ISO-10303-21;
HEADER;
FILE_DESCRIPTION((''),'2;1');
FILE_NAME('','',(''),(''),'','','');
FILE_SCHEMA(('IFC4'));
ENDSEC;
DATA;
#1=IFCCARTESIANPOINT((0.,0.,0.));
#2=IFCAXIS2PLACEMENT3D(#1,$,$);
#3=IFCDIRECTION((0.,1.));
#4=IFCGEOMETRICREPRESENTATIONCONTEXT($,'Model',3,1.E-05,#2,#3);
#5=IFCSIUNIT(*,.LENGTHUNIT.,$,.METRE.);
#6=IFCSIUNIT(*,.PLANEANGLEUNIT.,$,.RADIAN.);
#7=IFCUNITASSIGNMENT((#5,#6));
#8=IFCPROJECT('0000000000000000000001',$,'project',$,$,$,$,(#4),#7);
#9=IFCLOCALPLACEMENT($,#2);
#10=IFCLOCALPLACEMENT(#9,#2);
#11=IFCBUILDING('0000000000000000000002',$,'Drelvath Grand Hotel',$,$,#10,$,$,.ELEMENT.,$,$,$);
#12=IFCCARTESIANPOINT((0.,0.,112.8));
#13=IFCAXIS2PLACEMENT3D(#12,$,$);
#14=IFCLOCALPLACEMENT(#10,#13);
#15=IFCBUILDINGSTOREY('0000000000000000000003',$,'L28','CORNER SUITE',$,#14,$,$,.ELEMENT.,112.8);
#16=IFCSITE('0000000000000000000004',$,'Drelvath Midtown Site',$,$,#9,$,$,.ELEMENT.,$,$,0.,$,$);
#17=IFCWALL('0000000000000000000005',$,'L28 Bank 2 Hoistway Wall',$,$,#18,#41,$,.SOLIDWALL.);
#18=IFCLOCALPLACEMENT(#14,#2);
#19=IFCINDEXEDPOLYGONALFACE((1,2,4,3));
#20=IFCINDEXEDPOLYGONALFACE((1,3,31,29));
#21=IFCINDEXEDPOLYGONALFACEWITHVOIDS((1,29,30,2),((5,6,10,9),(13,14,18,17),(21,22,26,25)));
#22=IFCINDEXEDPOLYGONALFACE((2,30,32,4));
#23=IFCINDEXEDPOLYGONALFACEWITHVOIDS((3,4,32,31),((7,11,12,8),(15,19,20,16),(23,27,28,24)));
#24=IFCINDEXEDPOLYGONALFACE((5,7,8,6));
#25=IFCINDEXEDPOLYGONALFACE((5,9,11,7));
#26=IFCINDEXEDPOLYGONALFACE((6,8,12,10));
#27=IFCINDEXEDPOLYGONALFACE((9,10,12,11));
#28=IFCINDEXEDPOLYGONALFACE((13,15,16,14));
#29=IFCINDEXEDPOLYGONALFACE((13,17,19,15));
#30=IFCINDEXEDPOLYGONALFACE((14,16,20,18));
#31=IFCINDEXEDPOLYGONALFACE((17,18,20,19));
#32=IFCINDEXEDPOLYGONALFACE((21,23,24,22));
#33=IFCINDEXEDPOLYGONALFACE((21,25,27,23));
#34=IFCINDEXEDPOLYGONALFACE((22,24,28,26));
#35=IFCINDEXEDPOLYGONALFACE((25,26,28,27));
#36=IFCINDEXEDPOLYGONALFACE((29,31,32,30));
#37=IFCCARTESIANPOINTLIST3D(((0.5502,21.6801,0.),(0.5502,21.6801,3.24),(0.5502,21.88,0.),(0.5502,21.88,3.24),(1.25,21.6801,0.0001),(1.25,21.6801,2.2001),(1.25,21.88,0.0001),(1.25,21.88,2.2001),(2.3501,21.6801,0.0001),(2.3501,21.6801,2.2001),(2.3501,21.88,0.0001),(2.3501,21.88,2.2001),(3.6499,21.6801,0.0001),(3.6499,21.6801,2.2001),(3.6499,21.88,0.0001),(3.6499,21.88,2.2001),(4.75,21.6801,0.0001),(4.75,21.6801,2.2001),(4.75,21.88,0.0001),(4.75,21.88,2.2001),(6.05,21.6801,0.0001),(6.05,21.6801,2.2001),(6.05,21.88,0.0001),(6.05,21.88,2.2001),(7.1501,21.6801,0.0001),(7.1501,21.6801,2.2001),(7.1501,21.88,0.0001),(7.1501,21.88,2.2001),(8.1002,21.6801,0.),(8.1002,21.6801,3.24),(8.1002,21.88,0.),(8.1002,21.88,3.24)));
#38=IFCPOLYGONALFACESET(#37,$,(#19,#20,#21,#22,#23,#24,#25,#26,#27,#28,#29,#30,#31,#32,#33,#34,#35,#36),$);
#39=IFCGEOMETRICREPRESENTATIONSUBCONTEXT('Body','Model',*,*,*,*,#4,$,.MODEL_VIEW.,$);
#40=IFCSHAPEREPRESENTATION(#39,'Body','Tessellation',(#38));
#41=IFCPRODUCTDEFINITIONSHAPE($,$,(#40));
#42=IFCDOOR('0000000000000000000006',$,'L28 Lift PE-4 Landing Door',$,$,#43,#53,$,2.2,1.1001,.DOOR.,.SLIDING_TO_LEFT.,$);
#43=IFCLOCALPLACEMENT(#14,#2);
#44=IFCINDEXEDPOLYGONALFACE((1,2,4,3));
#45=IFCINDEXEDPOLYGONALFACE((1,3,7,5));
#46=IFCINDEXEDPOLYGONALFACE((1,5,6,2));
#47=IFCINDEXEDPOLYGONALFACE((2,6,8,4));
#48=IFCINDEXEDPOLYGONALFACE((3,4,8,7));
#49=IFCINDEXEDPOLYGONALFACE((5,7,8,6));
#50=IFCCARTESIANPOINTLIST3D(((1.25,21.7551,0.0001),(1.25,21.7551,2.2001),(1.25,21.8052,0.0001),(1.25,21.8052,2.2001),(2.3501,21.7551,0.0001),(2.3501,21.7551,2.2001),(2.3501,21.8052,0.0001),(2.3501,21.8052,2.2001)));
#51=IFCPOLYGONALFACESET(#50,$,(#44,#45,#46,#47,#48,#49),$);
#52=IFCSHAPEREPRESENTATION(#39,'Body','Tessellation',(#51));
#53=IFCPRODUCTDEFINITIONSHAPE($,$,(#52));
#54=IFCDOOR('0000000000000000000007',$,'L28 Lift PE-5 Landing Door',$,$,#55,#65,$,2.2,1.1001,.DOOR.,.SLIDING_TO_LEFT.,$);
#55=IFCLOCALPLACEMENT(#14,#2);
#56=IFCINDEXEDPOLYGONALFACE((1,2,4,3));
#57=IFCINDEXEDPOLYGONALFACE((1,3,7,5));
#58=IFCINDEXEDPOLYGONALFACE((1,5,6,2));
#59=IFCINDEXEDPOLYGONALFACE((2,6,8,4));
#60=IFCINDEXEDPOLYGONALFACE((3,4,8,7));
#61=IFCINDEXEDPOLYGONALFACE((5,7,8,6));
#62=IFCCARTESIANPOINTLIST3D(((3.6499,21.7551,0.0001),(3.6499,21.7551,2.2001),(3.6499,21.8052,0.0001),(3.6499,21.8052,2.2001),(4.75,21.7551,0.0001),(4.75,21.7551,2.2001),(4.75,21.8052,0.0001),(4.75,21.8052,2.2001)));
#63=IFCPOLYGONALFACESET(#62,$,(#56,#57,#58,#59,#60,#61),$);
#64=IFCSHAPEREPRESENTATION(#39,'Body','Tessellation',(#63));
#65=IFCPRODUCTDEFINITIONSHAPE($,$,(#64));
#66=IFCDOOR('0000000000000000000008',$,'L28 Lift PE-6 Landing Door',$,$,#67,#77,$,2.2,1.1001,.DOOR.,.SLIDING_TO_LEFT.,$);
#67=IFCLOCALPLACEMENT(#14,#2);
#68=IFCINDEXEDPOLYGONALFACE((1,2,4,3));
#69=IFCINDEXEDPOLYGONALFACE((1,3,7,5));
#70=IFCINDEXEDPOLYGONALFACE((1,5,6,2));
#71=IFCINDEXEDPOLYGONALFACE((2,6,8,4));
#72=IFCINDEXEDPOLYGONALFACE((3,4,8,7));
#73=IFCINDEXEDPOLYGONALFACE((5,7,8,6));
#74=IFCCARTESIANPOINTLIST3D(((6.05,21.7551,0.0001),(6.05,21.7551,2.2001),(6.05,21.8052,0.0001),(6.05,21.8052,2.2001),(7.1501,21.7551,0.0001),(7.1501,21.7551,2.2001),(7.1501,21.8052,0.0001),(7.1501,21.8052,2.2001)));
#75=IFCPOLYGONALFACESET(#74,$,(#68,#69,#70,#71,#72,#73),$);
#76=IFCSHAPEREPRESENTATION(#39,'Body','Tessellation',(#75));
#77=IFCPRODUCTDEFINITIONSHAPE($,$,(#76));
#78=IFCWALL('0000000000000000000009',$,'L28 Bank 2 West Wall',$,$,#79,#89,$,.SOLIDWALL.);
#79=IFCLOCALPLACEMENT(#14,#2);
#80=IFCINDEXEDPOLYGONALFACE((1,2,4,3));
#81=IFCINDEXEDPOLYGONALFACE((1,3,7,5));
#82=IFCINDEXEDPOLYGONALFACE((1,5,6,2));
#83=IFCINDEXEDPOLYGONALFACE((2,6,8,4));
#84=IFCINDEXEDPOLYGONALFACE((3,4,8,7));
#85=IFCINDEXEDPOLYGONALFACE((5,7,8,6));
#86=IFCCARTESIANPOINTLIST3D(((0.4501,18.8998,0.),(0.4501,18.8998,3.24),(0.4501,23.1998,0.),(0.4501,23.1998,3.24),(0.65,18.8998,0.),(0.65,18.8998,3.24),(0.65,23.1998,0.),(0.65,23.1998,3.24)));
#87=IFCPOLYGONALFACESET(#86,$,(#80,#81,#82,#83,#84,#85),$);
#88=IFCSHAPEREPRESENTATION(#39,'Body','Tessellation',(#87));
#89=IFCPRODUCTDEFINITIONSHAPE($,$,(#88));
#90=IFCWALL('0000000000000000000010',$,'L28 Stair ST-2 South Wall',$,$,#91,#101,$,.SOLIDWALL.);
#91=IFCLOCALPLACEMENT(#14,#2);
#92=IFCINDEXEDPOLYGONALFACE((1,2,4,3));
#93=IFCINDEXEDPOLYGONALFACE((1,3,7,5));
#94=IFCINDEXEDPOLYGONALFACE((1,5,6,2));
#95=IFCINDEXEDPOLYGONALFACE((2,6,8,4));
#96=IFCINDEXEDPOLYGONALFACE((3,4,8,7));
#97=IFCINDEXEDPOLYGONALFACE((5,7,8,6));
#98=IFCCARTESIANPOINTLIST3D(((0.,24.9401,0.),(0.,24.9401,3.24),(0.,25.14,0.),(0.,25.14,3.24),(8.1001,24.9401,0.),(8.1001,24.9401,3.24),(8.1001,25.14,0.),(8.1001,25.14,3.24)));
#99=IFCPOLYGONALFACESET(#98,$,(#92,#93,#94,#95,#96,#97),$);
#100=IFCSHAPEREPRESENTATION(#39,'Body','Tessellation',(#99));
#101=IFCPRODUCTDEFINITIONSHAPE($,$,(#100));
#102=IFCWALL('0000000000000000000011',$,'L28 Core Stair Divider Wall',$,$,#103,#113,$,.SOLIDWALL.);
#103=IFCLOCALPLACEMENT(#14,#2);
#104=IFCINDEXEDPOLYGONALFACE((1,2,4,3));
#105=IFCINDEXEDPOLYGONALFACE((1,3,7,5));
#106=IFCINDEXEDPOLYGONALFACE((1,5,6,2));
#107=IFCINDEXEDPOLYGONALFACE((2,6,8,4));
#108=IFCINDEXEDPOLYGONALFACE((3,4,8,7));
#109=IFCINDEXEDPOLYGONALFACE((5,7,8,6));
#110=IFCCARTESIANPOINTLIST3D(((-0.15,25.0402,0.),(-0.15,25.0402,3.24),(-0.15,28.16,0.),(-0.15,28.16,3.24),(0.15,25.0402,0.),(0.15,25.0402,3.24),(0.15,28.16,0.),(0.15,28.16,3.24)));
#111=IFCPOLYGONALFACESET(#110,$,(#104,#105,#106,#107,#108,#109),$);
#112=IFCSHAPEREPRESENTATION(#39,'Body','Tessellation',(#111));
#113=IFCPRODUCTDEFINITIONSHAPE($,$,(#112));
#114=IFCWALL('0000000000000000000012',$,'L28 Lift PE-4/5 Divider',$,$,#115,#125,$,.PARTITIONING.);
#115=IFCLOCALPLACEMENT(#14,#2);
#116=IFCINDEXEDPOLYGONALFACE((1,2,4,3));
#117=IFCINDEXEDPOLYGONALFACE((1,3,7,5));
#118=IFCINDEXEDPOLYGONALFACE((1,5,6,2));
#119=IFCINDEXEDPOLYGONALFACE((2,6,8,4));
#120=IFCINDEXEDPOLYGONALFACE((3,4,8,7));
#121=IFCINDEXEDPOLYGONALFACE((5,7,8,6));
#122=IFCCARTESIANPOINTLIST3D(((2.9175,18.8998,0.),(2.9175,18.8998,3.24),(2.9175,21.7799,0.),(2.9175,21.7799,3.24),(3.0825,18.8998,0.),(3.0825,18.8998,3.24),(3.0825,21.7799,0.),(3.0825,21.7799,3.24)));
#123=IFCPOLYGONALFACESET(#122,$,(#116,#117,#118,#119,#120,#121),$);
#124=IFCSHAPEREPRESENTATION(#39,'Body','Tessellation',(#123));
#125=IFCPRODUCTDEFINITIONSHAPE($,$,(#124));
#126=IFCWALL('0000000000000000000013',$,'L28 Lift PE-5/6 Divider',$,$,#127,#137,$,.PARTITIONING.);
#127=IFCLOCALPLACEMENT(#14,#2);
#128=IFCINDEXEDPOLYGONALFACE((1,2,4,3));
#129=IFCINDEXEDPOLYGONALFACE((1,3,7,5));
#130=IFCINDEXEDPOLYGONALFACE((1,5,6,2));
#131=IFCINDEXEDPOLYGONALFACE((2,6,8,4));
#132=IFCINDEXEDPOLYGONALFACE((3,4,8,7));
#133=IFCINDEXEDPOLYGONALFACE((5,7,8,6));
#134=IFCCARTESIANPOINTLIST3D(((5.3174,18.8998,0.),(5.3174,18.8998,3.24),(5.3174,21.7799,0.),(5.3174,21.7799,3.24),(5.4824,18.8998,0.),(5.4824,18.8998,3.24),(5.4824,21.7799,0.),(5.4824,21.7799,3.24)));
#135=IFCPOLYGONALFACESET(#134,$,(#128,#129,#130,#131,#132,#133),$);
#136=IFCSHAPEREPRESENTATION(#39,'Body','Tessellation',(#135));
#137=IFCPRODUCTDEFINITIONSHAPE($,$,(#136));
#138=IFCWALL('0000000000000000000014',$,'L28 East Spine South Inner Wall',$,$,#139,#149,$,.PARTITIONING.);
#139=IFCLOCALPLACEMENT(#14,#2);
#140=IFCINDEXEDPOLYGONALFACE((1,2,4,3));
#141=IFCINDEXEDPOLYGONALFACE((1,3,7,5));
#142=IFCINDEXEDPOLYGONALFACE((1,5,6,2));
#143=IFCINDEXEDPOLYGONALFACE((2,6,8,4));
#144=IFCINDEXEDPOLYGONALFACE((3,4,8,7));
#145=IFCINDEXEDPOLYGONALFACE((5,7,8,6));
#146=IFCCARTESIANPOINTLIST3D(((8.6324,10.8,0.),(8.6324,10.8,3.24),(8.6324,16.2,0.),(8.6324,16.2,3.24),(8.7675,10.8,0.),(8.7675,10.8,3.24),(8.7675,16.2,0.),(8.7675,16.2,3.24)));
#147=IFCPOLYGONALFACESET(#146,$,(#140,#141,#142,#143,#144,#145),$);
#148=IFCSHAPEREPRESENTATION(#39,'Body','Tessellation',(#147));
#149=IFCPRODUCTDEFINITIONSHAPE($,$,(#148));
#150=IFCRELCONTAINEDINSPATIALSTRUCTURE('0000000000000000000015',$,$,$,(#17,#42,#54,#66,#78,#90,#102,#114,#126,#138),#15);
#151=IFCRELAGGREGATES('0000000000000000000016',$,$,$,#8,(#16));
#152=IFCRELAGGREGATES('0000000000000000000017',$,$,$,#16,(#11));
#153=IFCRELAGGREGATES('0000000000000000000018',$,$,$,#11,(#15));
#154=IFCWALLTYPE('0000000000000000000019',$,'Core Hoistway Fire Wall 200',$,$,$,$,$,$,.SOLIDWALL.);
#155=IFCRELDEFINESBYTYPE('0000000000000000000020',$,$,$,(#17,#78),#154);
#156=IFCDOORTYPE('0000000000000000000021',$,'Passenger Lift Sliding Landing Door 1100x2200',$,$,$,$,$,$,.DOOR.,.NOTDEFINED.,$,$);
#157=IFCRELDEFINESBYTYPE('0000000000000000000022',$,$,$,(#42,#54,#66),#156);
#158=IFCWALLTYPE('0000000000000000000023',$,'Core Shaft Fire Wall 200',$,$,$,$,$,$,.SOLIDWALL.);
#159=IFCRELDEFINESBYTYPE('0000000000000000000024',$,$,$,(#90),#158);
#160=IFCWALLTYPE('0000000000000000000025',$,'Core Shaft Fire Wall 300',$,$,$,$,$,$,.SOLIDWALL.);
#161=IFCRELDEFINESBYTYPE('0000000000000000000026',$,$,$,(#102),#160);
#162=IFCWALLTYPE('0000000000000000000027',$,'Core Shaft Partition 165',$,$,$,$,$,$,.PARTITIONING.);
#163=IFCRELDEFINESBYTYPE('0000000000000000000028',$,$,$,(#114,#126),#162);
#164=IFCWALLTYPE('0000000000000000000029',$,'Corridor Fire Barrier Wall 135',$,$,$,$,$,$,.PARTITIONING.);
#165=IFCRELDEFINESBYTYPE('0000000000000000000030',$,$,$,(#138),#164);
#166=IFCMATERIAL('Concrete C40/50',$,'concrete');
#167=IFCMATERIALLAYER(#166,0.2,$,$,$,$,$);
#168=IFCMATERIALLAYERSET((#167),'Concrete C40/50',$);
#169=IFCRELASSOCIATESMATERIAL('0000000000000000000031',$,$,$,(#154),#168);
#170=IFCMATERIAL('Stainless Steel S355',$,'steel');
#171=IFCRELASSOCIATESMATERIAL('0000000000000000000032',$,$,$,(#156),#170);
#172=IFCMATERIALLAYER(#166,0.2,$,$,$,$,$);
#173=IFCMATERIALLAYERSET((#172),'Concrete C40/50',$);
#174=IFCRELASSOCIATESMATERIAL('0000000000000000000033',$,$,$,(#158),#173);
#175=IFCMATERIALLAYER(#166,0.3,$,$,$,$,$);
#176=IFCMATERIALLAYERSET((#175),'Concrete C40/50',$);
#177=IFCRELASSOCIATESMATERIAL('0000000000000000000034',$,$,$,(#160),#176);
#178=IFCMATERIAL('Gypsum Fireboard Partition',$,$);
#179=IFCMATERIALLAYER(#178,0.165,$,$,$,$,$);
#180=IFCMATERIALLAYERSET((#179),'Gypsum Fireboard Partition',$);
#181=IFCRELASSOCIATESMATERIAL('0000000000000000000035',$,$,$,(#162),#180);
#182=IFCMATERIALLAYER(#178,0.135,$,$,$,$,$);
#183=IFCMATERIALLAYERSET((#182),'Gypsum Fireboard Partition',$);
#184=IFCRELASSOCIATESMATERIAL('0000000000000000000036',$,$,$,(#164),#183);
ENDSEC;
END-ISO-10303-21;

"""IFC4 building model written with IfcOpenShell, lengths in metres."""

from ifc_helpers import new_model, si_unit, direction, frame, frame_2d, origin, place, context, subcontext, project, spatial, rectangle, extrude, material, layer, layer_set, type_object, element, fill, save


model = new_model("IFC4")

# Units and contexts
model_context = context("Model", 3, precision=1e-05, world=origin(), true_north=direction((0.0, 1.0)))
body_context = subcontext(model_context, "Body", "Model", "MODEL_VIEW")
ifc_project = project(units=[si_unit("LENGTHUNIT", "METRE"), si_unit("PLANEANGLEUNIT", "RADIAN")], contexts=[model_context])

# Site, building, storey
site_placement = place(None, origin())
site = spatial("IfcSite", under=ifc_project, at=site_placement, Name="Drelvath Midtown Site", CompositionType="ELEMENT", RefElevation=0.0)
building_placement = place(site_placement, origin())
building = spatial("IfcBuilding", under=site, at=building_placement, Name="Drelvath Grand Hotel", CompositionType="ELEMENT")
storey_placement = place(building_placement, frame((0.0, 0.0, 112.8)))
storey = spatial("IfcBuildingStorey", under=building, at=storey_placement, Name="L28", Description="CORNER SUITE", CompositionType="ELEMENT", Elevation=112.8)

# Wall, openings, doors
ifc_material_1 = material(Name="Concrete C40/50", Category="concrete")
ifc_layer_1 = layer(ifc_material_1, 0.2)
ifc_layer_set_1 = layer_set([ifc_layer_1], Name="Concrete C40/50")
wall_type_1 = type_object("IfcWallType", Name="Core Hoistway Fire Wall 200", PredefinedType="SOLIDWALL", material=ifc_layer_set_1)
wall_1_placement = place(storey_placement, frame((8.1001, 21.78, 0.0), z_axis=(0.0, 0.0, 1.0), x_axis=(-1.0, 0.0, 0.0)))
wall_1 = element("IfcWall", 1, at=wall_1_placement, inside=storey, type_object=wall_type_1, Name="L28 Bank 2 Hoistway Wall", PredefinedType="SOLIDWALL", context=body_context, shape_type="SweptSolid", body=[
    extrude(rectangle(XDim=7.55, YDim=0.2, at=frame_2d((3.7749, 0.0))), origin(), (0.0, 0.0, 1.0), 3.24),
])
opening_1_placement = place(wall_1_placement, frame((5.75, 0.0, 0.0)))
opening_1 = element("IfcOpeningElement", 2, at=opening_1_placement, cuts=wall_1, PredefinedType="OPENING", context=body_context, shape_type="SweptSolid", body=[
    extrude(rectangle(XDim=1.1001, YDim=2.2, at=frame_2d((0.55, 1.1001))), frame((0.0, 0.1099, 0.0), z_axis=(0.0, -1.0, 0.0), x_axis=(1.0, 0.0, 0.0)), (0.0, 0.0, 1.0), 0.22),
])
opening_2_placement = place(wall_1_placement, frame((3.3501, 0.0, 0.0)))
opening_2 = element("IfcOpeningElement", 3, at=opening_2_placement, cuts=wall_1, PredefinedType="OPENING", context=body_context, shape_type="SweptSolid", body=[
    extrude(rectangle(XDim=1.1001, YDim=2.2, at=frame_2d((0.55, 1.1001))), frame((0.0, 0.1099, 0.0), z_axis=(0.0, -1.0, 0.0), x_axis=(1.0, 0.0, 0.0)), (0.0, 0.0, 1.0), 0.22),
])
opening_3_placement = place(wall_1_placement, frame((0.95, 0.0, 0.0)))
opening_3 = element("IfcOpeningElement", 4, at=opening_3_placement, cuts=wall_1, PredefinedType="OPENING", context=body_context, shape_type="SweptSolid", body=[
    extrude(rectangle(XDim=1.1001, YDim=2.2, at=frame_2d((0.55, 1.1001))), frame((0.0, 0.1099, 0.0), z_axis=(0.0, -1.0, 0.0), x_axis=(1.0, 0.0, 0.0)), (0.0, 0.0, 1.0), 0.22),
])
ifc_material_2 = material(Name="Stainless Steel S355", Category="steel")
door_type_1 = type_object("IfcDoorType", Name="Passenger Lift Sliding Landing Door 1100x2200", OperationType="NOTDEFINED", PredefinedType="DOOR", material=ifc_material_2)
door_1_placement = place(opening_1_placement, origin())
door_1 = element("IfcDoor", 5, at=door_1_placement, inside=storey, type_object=door_type_1, Name="L28 Lift PE-4 Landing Door", OperationType="SLIDING_TO_LEFT", OverallHeight=2.2, OverallWidth=1.1001, PredefinedType="DOOR", context=body_context, shape_type="SweptSolid", body=[
    extrude(rectangle(XDim=1.1001, YDim=2.2, at=frame_2d((0.55, 1.1001))), frame((0.0, 0.0249, 0.0), z_axis=(0.0, -1.0, 0.0), x_axis=(1.0, 0.0, 0.0)), (0.0, 0.0, 1.0), 0.05),
])
fill(opening_1, door_1)
door_2_placement = place(opening_2_placement, origin())
door_2 = element("IfcDoor", 6, at=door_2_placement, inside=storey, type_object=door_type_1, Name="L28 Lift PE-5 Landing Door", OperationType="SLIDING_TO_LEFT", OverallHeight=2.2, OverallWidth=1.1001, PredefinedType="DOOR", context=body_context, shape_type="SweptSolid", body=[
    extrude(rectangle(XDim=1.1001, YDim=2.2, at=frame_2d((0.55, 1.1001))), frame((0.0, 0.0249, 0.0), z_axis=(0.0, -1.0, 0.0), x_axis=(1.0, 0.0, 0.0)), (0.0, 0.0, 1.0), 0.05),
])
fill(opening_2, door_2)
door_3_placement = place(opening_3_placement, origin())
door_3 = element("IfcDoor", 7, at=door_3_placement, inside=storey, type_object=door_type_1, Name="L28 Lift PE-6 Landing Door", OperationType="SLIDING_TO_LEFT", OverallHeight=2.2, OverallWidth=1.1001, PredefinedType="DOOR", context=body_context, shape_type="SweptSolid", body=[
    extrude(rectangle(XDim=1.1001, YDim=2.2, at=frame_2d((0.55, 1.1001))), frame((0.0, 0.0249, 0.0), z_axis=(0.0, -1.0, 0.0), x_axis=(1.0, 0.0, 0.0)), (0.0, 0.0, 1.0), 0.05),
])
fill(opening_3, door_3)

# Walls
wall_2_placement = place(storey_placement, frame((0.55, 18.8999, 0.0), z_axis=(0.0, 0.0, 1.0), x_axis=(0.0, 1.0, 0.0)))
element("IfcWall", 8, at=wall_2_placement, inside=storey, type_object=wall_type_1, Name="L28 Bank 2 West Wall", PredefinedType="SOLIDWALL", context=body_context, shape_type="SweptSolid", body=[
    extrude(rectangle(XDim=4.3, YDim=0.2, at=frame_2d((2.1499, 0.0))), origin(), (0.0, 0.0, 1.0), 3.24),
])
ifc_layer_2 = layer(ifc_material_1, 0.2)
ifc_layer_set_2 = layer_set([ifc_layer_2], Name="Concrete C40/50")
wall_type_2 = type_object("IfcWallType", Name="Core Shaft Fire Wall 200", PredefinedType="SOLIDWALL", material=ifc_layer_set_2)
wall_3_placement = place(storey_placement, frame((0.0, 25.04, 0.0), z_axis=(0.0, 0.0, 1.0), x_axis=(1.0, 0.0, 0.0)))
element("IfcWall", 9, at=wall_3_placement, inside=storey, type_object=wall_type_2, Name="L28 Stair ST-2 South Wall", PredefinedType="SOLIDWALL", context=body_context, shape_type="SweptSolid", body=[
    extrude(rectangle(XDim=8.1001, YDim=0.2, at=frame_2d((4.05, 0.0))), origin(), (0.0, 0.0, 1.0), 3.24),
])
ifc_layer_3 = layer(ifc_material_1, 0.3)
ifc_layer_set_3 = layer_set([ifc_layer_3], Name="Concrete C40/50")
wall_type_3 = type_object("IfcWallType", Name="Core Shaft Fire Wall 300", PredefinedType="SOLIDWALL", material=ifc_layer_set_3)
wall_4_placement = place(storey_placement, frame((0.0, 25.04, 0.0), z_axis=(0.0, 0.0, 1.0), x_axis=(0.0, 1.0, 0.0)))
element("IfcWall", 10, at=wall_4_placement, inside=storey, type_object=wall_type_3, Name="L28 Core Stair Divider Wall", PredefinedType="SOLIDWALL", context=body_context, shape_type="SweptSolid", body=[
    extrude(rectangle(XDim=3.1199, YDim=0.3, at=frame_2d((1.5601, 0.0))), origin(), (0.0, 0.0, 1.0), 3.24),
])
ifc_material_3 = material(Name="Gypsum Fireboard Partition")
ifc_layer_4 = layer(ifc_material_3, 0.165)
ifc_layer_set_4 = layer_set([ifc_layer_4], Name="Gypsum Fireboard Partition")
wall_type_4 = type_object("IfcWallType", Name="Core Shaft Partition 165", PredefinedType="PARTITIONING", material=ifc_layer_set_4)
for number, where, z_axis, x_axis, name in (
    (11, (3.0, 18.8999, 0.0), (0.0, 0.0, 1.0), (0.0, 1.0, 0.0), "L28 Lift PE-4/5 Divider"),
    (12, (5.3999, 18.8999, 0.0), (0.0, 0.0, 1.0), (0.0, 1.0, 0.0), "L28 Lift PE-5/6 Divider"),
):
    element("IfcWall", number, at=place(storey_placement, frame(where, z_axis=z_axis, x_axis=x_axis)), inside=storey, type_object=wall_type_4, Name=name, PredefinedType="PARTITIONING", context=body_context, shape_type="SweptSolid", body=[
        extrude(rectangle(XDim=2.8801, YDim=0.165, at=frame_2d((1.4399, 0.0))), origin(), (0.0, 0.0, 1.0), 3.24),
    ])
ifc_layer_5 = layer(ifc_material_3, 0.135)
ifc_layer_set_5 = layer_set([ifc_layer_5], Name="Gypsum Fireboard Partition")
wall_type_5 = type_object("IfcWallType", Name="Corridor Fire Barrier Wall 135", PredefinedType="PARTITIONING", material=ifc_layer_set_5)
wall_5_placement = place(storey_placement, frame((8.7, 10.8, 0.0), z_axis=(0.0, 0.0, 1.0), x_axis=(0.0, 1.0, 0.0)))
element("IfcWall", 13, at=wall_5_placement, inside=storey, type_object=wall_type_5, Name="L28 East Spine South Inner Wall", PredefinedType="PARTITIONING", context=body_context, shape_type="SweptSolid", body=[
    extrude(rectangle(XDim=5.3999, YDim=0.135, at=frame_2d((2.7, 0.0))), origin(), (0.0, 0.0, 1.0), 3.24),
])

save(model, "model.ifc")
